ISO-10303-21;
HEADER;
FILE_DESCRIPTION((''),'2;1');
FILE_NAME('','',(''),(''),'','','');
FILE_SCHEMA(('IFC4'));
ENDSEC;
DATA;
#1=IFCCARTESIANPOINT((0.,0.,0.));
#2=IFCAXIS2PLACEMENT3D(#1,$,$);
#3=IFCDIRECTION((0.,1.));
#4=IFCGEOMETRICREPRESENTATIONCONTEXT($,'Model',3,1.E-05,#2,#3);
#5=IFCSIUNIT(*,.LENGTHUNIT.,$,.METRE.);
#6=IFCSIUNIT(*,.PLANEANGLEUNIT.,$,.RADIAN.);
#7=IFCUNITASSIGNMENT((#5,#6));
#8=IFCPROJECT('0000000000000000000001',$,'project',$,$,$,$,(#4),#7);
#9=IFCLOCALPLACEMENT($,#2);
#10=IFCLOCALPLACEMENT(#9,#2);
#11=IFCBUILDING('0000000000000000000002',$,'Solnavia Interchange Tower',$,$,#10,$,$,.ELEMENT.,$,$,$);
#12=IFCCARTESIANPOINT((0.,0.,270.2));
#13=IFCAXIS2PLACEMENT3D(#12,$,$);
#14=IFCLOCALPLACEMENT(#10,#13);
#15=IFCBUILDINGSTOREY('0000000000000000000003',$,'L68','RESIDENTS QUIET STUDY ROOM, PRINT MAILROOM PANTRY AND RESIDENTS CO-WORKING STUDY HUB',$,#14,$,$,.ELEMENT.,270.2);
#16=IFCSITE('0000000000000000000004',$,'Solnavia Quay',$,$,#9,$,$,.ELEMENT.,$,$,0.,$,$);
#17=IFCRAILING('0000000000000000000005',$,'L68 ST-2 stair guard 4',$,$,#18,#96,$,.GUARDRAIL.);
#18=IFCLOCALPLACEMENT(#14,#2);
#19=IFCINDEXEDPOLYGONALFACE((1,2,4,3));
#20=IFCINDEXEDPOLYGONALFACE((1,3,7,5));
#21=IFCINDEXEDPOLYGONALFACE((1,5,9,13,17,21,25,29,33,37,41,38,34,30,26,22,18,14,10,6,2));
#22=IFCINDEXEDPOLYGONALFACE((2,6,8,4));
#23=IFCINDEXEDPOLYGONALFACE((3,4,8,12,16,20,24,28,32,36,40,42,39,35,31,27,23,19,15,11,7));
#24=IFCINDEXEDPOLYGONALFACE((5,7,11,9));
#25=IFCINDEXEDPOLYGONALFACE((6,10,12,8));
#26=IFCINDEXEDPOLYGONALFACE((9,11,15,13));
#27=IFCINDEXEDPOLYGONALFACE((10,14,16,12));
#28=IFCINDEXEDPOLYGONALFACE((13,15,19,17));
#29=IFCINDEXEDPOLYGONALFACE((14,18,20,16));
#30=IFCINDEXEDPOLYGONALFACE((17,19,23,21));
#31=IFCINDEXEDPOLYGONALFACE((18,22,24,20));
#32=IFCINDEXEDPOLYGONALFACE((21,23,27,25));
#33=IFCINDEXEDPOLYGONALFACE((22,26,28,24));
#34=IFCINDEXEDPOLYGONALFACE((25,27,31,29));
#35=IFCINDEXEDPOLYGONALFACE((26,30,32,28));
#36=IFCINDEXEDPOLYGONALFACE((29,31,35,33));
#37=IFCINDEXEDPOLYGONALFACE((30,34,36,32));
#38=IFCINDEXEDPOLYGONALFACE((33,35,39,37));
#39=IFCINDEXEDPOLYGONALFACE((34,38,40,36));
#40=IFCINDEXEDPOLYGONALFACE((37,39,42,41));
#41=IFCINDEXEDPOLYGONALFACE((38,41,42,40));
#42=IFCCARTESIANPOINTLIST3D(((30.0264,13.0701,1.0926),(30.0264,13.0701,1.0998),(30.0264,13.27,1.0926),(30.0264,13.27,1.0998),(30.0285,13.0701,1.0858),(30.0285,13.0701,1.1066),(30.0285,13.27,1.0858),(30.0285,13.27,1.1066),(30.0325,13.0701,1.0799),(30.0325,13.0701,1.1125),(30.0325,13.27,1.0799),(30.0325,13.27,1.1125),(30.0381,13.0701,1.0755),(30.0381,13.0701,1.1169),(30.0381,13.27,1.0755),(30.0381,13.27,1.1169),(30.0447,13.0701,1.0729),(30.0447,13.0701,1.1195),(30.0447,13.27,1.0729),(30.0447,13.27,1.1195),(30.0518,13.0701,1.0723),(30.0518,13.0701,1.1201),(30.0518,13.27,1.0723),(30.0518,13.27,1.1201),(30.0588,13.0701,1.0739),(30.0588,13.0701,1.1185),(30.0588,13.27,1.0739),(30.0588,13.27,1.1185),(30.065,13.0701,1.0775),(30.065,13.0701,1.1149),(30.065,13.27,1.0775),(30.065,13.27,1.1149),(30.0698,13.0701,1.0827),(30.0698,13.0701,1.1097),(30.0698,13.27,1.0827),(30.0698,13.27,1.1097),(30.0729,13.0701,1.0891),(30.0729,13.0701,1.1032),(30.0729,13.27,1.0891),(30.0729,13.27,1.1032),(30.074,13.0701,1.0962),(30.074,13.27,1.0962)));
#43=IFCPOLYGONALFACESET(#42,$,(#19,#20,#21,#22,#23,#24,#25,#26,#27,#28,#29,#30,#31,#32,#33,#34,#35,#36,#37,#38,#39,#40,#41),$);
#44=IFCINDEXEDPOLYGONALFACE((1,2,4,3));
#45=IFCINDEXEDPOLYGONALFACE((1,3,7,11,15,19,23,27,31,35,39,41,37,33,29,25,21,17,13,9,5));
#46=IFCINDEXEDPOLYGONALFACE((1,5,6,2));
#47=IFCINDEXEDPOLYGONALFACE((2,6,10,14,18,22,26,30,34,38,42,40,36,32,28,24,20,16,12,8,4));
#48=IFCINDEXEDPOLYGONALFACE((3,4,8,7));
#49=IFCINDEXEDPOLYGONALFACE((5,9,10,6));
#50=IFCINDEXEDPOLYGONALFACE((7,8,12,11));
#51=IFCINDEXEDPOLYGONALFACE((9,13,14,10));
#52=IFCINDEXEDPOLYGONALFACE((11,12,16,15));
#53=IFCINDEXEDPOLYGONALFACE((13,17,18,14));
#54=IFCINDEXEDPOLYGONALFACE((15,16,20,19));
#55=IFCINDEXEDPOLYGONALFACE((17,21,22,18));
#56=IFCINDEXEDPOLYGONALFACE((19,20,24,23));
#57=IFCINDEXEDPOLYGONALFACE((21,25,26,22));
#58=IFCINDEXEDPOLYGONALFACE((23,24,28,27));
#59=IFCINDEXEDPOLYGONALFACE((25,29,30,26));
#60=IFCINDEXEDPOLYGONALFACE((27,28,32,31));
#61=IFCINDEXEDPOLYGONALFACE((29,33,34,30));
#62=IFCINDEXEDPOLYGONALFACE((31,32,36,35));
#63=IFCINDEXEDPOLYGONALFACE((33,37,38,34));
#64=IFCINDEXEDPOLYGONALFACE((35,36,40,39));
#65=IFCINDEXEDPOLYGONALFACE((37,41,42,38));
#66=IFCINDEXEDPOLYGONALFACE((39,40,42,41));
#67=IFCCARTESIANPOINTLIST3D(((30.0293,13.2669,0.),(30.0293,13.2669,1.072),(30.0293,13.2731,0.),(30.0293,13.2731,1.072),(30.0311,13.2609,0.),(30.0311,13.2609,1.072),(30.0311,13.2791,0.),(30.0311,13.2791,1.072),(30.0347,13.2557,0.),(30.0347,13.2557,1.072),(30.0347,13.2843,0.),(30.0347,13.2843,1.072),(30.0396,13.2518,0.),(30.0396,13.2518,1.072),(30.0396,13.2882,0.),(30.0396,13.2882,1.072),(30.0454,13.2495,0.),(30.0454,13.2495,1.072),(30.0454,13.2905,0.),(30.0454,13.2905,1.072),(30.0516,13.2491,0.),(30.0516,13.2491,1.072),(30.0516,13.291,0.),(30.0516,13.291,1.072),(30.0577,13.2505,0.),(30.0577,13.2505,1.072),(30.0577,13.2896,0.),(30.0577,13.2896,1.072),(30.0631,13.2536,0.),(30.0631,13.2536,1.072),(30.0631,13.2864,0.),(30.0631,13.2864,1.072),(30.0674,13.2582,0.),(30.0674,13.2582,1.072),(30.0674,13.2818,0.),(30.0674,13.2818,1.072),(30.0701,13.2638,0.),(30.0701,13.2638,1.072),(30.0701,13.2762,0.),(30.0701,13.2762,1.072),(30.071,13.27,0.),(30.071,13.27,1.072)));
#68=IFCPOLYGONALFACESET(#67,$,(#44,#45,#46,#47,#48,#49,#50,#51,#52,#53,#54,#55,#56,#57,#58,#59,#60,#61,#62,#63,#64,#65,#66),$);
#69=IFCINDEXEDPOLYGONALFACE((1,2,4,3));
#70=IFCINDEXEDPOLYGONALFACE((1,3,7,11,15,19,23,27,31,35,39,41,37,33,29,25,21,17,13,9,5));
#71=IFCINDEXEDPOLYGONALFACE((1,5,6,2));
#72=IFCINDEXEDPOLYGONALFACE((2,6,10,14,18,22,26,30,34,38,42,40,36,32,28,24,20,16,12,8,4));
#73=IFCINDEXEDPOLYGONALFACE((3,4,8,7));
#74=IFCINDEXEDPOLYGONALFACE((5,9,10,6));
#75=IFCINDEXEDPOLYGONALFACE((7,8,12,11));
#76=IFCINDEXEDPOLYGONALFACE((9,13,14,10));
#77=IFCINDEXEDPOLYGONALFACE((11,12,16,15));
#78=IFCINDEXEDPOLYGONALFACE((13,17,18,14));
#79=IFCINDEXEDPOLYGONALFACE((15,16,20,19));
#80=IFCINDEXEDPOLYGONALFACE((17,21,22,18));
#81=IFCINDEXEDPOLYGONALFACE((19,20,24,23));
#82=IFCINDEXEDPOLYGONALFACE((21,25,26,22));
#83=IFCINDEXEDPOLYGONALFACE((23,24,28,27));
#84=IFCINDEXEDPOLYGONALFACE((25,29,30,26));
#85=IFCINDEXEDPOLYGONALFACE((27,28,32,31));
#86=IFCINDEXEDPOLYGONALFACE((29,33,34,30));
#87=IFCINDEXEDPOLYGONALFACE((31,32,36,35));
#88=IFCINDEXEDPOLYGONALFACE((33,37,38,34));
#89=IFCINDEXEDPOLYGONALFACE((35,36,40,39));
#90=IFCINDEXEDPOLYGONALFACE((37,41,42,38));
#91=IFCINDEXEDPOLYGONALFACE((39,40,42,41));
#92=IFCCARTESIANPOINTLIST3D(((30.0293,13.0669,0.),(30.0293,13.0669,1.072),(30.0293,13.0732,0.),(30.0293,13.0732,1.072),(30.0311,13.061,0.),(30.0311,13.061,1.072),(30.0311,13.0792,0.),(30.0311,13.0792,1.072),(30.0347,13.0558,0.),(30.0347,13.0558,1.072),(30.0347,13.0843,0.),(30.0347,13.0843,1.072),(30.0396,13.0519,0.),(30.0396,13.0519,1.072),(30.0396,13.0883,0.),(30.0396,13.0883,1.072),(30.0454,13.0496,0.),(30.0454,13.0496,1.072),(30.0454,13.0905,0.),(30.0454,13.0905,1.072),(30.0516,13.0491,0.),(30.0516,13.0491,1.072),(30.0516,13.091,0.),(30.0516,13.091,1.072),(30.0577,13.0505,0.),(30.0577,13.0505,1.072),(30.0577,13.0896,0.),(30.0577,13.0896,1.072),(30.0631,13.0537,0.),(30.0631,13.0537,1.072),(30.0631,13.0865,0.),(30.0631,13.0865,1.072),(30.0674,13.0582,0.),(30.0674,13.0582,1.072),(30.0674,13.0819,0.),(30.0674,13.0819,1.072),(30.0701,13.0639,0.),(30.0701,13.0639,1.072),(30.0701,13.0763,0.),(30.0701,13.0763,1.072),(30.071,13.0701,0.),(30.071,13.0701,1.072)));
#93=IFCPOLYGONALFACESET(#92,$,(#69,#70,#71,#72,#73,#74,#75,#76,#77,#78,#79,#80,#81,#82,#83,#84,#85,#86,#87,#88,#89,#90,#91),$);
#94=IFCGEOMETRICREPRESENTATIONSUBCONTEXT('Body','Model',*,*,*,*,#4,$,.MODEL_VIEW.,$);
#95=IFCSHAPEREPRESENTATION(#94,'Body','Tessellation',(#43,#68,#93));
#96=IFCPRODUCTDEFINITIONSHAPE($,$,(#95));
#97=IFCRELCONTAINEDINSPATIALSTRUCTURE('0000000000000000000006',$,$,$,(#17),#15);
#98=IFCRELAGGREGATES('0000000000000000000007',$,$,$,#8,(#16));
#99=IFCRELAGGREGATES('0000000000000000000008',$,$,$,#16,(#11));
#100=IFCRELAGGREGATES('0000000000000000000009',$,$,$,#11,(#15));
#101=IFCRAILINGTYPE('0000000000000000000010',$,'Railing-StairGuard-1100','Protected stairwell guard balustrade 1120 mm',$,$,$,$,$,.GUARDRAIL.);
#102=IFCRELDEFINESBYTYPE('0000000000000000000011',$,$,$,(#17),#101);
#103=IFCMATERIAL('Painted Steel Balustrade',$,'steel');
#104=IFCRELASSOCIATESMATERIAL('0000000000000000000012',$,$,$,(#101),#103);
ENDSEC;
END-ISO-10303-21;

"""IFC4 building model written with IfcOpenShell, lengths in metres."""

from ifc_helpers import new_model, si_unit, direction, frame, origin, origin_2d, place, context, subcontext, project, spatial, circle, extrude, material, type_object, element, save


model = new_model("IFC4")

# Units and contexts
model_context = context("Model", 3, precision=1e-05, world=origin(), true_north=direction((0.0, 1.0)))
body_context = subcontext(model_context, "Body", "Model", "MODEL_VIEW")
ifc_project = project(units=[si_unit("LENGTHUNIT", "METRE"), si_unit("PLANEANGLEUNIT", "RADIAN")], contexts=[model_context])

# Site, building, storey
site_placement = place(None, origin())
site = spatial("IfcSite", under=ifc_project, at=site_placement, Name="Solnavia Quay", CompositionType="ELEMENT", RefElevation=0.0)
building_placement = place(site_placement, origin())
building = spatial("IfcBuilding", under=site, at=building_placement, Name="Solnavia Interchange Tower", CompositionType="ELEMENT")
storey_placement = place(building_placement, frame((0.0, 0.0, 270.2)))
storey = spatial("IfcBuildingStorey", under=building, at=storey_placement, Name="L68", Description="RESIDENTS QUIET STUDY ROOM, PRINT MAILROOM PANTRY AND RESIDENTS CO-WORKING STUDY HUB", CompositionType="ELEMENT", Elevation=270.2)

# Railing
ifc_material_1 = material(Name="Painted Steel Balustrade", Category="steel")
railing_type_1 = type_object("IfcRailingType", Name="Railing-StairGuard-1100", Description="Protected stairwell guard balustrade 1120 mm", PredefinedType="GUARDRAIL", material=ifc_material_1)
railing_1_placement = place(storey_placement, frame((30.05, 13.27, 0.0)))
element("IfcRailing", 1, at=railing_1_placement, inside=storey, type_object=railing_type_1, Name="L68 ST-2 stair guard 4", PredefinedType="GUARDRAIL", context=body_context, shape_type="SweptSolid", body=[
    extrude(circle(Radius=0.0239, at=origin_2d()), frame((0.0, 0.0, 1.0962), z_axis=(0.0, -1.0, 0.0), x_axis=(1.0, 0.0, 0.0)), (0.0, 0.0, 1.0), 0.2),
    extrude(circle(Radius=0.021, at=origin_2d()), origin(), (0.0, 0.0, 1.0), 1.072),
    extrude(circle(Radius=0.021, at=origin_2d()), frame((0.0, -0.2, 0.0)), (0.0, 0.0, 1.0), 1.072),
])

save(model, "model.ifc")
